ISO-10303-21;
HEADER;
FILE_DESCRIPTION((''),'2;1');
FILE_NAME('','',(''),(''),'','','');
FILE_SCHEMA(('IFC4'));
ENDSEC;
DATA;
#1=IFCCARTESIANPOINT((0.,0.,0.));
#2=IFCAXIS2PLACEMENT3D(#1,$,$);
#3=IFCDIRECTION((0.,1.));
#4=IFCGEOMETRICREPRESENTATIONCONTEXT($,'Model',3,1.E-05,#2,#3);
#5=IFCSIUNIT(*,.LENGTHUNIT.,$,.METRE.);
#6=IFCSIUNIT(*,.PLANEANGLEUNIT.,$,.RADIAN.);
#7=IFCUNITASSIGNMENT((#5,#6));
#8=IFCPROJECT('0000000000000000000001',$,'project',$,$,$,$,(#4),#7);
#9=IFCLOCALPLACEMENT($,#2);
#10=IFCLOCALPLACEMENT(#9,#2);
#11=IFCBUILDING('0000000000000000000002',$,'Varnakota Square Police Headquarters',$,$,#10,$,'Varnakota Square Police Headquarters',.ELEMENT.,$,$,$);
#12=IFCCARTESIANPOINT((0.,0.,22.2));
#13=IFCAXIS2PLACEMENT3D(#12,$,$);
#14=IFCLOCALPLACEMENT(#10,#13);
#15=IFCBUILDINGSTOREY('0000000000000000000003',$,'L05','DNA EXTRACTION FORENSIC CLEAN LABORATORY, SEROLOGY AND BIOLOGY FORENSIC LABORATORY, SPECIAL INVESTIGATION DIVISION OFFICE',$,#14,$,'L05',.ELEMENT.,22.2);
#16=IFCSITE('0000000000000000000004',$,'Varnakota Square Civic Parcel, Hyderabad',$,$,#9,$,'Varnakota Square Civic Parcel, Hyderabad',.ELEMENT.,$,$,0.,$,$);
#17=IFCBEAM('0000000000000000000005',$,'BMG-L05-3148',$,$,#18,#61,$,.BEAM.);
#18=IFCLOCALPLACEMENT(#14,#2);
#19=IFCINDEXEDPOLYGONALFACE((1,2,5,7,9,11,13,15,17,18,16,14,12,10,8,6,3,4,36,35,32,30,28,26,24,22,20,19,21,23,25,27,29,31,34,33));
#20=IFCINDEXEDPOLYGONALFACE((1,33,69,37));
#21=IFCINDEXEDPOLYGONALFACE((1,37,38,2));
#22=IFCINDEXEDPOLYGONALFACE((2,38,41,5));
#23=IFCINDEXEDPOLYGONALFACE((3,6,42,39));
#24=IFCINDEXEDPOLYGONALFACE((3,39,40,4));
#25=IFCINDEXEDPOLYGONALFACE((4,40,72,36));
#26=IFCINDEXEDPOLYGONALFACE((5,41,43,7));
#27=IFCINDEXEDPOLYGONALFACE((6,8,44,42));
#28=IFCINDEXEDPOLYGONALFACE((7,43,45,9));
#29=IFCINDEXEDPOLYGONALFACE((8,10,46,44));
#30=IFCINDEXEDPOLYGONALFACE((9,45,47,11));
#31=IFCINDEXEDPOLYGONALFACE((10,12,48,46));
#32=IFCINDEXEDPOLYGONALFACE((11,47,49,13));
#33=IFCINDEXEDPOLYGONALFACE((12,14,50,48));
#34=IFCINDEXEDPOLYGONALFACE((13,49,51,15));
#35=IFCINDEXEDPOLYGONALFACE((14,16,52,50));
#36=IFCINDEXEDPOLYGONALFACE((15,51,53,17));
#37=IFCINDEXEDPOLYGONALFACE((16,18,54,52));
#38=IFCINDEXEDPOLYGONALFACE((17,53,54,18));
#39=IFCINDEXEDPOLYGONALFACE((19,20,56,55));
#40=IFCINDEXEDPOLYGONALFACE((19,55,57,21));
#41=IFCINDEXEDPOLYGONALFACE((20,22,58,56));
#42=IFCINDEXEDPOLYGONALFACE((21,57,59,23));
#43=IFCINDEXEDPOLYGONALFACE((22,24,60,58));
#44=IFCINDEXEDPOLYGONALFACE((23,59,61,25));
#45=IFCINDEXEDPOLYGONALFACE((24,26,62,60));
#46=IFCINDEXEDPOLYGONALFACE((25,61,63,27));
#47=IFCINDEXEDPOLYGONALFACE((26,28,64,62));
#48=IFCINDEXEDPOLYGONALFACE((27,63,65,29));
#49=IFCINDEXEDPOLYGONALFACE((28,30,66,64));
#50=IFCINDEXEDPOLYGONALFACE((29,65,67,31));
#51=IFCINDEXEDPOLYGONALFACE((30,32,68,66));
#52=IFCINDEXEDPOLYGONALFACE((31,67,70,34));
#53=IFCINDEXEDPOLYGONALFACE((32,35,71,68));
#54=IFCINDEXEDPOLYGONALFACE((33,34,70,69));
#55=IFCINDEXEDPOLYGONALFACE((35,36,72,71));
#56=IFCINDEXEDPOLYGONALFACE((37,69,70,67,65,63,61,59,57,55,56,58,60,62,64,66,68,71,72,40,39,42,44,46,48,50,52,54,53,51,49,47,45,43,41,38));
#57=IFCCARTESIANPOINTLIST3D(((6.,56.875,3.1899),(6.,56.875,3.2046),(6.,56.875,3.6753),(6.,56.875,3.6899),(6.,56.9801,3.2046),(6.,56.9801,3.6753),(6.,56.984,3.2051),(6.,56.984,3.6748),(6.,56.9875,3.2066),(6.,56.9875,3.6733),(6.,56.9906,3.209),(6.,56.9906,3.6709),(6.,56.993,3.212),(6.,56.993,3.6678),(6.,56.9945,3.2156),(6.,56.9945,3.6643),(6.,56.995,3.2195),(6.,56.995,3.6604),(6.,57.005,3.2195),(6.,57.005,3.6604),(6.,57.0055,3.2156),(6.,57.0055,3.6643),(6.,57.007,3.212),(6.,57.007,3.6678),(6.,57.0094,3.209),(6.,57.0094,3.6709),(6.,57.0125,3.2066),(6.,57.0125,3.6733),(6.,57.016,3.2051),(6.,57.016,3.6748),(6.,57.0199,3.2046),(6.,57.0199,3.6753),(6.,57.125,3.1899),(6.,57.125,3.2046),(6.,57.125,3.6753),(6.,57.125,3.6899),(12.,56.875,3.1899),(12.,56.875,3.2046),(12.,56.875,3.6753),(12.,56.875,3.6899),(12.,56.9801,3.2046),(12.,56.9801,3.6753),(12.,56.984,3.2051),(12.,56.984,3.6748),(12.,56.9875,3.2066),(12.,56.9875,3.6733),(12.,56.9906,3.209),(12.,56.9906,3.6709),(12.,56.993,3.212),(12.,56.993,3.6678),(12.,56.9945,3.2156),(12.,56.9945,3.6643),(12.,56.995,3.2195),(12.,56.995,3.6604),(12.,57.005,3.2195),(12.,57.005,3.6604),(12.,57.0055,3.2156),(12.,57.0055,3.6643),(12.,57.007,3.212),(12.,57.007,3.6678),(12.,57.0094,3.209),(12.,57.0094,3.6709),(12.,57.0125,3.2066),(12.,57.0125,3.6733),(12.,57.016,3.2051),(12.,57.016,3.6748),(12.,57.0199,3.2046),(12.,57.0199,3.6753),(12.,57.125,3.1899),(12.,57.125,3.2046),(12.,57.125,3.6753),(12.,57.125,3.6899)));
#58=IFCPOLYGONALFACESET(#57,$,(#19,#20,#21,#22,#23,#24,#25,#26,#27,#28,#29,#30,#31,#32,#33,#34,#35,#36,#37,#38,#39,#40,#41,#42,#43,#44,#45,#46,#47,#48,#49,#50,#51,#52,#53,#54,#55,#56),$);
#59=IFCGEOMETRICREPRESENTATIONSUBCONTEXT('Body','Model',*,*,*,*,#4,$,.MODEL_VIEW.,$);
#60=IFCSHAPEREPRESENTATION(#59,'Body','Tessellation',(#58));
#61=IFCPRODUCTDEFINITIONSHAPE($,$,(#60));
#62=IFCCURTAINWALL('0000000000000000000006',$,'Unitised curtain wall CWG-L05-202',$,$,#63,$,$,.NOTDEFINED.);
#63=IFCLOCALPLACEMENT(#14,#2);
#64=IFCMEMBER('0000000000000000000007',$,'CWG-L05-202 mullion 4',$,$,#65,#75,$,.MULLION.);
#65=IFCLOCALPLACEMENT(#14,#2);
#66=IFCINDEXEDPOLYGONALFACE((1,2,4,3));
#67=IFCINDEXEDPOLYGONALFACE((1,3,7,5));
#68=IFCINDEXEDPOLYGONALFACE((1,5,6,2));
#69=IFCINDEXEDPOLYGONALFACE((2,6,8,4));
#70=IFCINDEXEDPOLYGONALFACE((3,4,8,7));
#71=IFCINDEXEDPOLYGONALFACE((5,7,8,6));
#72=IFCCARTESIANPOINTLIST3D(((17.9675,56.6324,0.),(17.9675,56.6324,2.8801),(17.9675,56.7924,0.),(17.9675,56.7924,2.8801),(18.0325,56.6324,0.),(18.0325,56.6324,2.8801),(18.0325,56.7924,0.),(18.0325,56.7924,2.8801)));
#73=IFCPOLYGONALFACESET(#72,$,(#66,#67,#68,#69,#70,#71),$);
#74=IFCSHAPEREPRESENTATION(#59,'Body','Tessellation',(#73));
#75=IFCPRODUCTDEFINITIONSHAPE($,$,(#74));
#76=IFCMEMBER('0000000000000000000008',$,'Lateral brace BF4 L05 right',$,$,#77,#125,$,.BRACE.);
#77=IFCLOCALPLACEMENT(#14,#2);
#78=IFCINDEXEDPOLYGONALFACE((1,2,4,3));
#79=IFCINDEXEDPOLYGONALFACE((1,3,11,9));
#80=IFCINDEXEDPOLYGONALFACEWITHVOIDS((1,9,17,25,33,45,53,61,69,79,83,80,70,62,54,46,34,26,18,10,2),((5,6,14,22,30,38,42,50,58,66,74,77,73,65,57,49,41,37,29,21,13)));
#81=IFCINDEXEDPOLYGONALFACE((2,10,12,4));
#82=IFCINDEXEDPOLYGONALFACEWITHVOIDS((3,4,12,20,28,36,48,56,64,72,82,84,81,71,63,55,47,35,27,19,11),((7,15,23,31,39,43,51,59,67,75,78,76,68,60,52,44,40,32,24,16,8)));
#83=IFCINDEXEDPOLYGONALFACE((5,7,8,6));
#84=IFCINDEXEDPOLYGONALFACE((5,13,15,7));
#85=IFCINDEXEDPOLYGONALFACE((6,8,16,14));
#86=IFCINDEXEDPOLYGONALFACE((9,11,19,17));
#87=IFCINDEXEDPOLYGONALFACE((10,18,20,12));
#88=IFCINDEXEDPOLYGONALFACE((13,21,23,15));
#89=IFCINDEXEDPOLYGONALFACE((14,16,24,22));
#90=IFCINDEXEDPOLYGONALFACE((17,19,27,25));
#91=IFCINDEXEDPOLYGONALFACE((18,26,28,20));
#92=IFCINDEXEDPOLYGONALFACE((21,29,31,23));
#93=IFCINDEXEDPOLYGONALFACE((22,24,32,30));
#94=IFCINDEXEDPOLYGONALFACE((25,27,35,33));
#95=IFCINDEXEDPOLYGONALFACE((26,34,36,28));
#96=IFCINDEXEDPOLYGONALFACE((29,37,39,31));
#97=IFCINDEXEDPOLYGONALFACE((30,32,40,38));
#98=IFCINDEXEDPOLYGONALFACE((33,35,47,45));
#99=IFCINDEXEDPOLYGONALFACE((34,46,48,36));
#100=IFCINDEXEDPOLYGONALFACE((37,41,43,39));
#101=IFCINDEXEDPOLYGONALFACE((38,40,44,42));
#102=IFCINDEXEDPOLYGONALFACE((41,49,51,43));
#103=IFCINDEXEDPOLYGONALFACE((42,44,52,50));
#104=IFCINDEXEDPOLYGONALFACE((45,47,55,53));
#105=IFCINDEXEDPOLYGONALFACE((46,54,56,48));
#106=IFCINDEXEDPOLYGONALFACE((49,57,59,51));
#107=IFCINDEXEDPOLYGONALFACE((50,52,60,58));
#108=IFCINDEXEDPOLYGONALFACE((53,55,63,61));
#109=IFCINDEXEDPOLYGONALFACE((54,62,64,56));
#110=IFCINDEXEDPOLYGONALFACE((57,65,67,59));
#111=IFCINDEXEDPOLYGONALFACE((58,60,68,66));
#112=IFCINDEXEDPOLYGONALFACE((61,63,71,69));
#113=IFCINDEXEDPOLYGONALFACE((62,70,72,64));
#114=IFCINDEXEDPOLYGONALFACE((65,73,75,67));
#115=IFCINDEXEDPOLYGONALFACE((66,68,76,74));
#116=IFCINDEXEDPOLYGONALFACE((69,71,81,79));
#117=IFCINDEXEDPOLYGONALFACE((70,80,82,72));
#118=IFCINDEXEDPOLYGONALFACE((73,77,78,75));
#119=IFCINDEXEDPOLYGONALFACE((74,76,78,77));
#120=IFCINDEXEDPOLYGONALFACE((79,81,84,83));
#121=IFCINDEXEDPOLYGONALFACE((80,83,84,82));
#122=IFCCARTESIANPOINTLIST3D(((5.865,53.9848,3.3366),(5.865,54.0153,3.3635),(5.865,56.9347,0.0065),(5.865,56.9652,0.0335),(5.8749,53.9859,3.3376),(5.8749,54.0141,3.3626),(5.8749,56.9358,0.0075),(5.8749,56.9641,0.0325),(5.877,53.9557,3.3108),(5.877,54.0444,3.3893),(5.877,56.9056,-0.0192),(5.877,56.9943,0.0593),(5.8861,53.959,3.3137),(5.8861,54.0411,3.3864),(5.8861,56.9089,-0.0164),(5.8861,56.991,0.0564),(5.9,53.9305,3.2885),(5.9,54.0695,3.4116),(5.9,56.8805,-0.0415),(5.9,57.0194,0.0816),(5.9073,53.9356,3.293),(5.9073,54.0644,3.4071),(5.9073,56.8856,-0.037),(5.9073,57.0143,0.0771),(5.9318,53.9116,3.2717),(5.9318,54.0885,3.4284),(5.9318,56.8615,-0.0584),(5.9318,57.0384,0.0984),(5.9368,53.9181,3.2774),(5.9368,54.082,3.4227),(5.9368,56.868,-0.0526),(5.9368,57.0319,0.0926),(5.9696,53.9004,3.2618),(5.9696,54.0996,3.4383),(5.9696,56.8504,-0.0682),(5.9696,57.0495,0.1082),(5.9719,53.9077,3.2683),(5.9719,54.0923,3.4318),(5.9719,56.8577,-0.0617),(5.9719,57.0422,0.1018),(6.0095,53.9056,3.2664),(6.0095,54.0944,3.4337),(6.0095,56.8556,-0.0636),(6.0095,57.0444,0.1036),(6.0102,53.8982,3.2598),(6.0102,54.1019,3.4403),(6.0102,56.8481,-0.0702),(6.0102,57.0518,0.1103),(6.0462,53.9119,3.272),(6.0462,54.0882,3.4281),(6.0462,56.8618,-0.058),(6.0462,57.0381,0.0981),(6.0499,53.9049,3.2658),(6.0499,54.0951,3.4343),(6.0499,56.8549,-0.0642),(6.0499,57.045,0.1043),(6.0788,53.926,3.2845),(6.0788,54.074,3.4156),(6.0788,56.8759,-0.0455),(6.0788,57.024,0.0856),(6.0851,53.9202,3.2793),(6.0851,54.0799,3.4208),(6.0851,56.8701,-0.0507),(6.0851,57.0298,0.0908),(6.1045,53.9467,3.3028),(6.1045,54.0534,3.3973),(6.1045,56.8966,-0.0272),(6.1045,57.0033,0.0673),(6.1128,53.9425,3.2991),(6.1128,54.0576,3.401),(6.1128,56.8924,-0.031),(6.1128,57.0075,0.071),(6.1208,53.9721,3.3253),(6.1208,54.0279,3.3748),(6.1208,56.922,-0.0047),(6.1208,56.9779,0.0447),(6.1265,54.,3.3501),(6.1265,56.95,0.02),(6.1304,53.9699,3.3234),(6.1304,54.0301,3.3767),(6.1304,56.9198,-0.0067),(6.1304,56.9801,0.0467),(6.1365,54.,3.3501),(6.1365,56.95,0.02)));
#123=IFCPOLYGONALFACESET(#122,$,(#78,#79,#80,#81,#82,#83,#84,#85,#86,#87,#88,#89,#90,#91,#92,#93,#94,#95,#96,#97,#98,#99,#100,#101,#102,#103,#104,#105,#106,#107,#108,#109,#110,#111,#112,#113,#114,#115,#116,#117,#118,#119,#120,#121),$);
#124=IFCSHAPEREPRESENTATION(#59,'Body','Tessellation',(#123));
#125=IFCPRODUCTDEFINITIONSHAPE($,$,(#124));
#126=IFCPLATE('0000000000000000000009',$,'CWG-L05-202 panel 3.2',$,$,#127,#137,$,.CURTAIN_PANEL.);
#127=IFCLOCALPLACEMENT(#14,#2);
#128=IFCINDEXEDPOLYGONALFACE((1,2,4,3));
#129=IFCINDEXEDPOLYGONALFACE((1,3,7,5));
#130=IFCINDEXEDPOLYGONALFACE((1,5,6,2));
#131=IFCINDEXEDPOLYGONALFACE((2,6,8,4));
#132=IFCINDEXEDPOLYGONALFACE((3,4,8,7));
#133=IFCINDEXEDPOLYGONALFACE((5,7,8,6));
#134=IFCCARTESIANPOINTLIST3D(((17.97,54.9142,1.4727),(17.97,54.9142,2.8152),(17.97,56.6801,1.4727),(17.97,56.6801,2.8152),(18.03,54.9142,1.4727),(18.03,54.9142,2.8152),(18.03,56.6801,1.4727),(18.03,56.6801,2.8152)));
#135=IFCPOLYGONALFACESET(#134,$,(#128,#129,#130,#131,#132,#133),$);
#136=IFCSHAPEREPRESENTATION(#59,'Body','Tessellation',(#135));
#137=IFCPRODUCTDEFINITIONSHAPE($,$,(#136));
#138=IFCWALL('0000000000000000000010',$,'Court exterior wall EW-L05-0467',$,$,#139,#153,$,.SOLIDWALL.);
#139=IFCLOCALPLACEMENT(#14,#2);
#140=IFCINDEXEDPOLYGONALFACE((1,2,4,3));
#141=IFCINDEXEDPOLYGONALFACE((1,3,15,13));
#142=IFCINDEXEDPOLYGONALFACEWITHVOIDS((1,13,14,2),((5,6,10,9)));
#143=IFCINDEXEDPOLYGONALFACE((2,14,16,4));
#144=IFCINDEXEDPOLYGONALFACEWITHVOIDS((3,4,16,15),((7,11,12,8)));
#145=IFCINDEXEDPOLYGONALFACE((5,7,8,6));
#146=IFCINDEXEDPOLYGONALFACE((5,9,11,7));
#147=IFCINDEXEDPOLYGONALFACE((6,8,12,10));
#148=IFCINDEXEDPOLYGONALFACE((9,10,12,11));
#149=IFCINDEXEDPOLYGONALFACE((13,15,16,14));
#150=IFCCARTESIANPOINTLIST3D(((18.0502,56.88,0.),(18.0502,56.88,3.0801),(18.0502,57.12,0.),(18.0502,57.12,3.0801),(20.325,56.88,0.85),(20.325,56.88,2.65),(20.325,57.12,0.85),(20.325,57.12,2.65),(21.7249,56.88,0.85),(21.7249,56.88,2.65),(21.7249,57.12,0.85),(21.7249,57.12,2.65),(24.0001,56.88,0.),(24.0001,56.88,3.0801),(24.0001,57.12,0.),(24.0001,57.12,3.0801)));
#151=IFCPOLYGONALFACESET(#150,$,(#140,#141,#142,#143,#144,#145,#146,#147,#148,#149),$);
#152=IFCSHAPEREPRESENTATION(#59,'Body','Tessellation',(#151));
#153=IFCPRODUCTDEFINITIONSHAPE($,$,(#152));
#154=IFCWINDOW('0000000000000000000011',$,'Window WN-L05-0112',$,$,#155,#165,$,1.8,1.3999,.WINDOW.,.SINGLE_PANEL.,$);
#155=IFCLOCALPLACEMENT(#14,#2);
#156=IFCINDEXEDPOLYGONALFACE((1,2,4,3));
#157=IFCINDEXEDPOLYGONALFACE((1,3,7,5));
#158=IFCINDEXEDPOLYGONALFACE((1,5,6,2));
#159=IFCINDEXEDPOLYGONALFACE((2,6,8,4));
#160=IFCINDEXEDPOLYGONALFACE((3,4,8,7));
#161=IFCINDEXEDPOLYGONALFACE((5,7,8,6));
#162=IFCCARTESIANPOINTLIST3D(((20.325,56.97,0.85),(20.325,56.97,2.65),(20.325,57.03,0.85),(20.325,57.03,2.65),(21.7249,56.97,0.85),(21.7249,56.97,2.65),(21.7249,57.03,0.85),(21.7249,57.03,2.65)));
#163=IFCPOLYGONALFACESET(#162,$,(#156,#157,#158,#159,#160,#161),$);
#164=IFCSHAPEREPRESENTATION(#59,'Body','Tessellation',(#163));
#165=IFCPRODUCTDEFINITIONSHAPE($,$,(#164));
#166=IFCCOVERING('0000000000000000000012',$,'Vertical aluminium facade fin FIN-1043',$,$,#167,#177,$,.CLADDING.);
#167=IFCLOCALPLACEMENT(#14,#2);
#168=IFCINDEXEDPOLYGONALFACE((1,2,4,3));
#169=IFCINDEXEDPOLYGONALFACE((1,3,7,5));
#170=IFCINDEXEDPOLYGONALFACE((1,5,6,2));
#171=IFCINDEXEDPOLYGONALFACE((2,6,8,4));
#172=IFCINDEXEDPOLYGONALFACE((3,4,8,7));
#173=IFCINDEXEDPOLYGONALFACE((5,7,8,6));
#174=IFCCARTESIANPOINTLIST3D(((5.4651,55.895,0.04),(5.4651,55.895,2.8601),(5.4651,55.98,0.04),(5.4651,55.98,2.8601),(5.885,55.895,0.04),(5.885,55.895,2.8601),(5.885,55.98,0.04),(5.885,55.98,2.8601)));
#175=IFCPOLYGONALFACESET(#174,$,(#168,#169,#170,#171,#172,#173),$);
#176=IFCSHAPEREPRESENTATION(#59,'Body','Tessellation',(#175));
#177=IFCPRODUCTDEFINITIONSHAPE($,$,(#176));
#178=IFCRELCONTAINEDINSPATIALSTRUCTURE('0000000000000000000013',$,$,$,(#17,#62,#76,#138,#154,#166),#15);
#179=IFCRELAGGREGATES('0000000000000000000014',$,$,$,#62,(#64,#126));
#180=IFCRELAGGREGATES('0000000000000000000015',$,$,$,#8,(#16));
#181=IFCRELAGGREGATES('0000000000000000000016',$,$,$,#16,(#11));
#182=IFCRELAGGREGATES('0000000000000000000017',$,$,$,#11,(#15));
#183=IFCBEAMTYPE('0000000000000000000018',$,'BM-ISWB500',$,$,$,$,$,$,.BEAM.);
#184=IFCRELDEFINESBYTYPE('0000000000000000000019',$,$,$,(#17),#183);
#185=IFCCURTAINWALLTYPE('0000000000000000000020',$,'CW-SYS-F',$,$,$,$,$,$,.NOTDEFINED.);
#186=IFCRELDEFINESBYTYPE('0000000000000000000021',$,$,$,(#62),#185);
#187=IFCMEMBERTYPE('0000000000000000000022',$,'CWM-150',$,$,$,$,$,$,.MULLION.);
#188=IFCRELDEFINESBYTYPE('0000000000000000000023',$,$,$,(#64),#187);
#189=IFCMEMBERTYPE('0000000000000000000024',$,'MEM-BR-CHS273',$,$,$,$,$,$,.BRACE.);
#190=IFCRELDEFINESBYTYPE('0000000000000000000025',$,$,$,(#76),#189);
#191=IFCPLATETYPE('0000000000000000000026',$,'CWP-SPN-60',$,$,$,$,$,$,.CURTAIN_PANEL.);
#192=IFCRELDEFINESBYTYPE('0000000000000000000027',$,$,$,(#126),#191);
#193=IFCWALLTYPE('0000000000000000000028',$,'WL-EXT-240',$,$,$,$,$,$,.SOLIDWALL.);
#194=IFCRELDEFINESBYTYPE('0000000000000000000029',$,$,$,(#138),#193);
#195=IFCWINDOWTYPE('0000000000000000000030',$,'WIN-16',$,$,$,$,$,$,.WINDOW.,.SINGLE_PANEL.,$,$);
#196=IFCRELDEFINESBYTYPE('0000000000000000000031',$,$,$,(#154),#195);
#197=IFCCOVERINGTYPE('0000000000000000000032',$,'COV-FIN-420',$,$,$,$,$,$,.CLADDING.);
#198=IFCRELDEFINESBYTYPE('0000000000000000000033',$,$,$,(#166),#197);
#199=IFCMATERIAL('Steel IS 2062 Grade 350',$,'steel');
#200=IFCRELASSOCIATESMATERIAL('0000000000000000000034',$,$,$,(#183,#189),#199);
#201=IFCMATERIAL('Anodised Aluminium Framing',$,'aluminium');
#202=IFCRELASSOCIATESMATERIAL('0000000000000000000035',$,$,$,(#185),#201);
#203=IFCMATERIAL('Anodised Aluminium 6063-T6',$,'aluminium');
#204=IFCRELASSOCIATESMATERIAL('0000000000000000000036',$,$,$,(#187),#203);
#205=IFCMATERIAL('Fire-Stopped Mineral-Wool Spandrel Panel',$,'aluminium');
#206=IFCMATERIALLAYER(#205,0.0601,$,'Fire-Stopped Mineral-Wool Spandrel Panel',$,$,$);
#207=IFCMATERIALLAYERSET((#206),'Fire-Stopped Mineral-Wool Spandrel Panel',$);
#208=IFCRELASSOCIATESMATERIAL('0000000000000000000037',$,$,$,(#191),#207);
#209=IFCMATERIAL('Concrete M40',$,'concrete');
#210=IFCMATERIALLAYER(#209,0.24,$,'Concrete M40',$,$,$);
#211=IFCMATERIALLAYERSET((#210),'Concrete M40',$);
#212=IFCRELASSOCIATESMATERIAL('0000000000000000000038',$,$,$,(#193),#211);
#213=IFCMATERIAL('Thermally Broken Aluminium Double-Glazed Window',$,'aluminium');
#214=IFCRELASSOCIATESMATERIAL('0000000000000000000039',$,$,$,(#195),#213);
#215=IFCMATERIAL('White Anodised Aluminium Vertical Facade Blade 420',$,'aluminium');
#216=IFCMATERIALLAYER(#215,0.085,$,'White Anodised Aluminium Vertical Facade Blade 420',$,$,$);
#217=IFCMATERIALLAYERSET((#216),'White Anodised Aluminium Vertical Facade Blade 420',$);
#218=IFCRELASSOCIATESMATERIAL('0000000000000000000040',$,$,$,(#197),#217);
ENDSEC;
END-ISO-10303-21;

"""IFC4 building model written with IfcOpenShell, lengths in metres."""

from ifc_helpers import new_model, si_unit, direction, frame, frame_2d, origin, origin_2d, place, context, subcontext, project, spatial, rectangle, hollow_circle, i_section, extrude, material, layer, layer_set, material_profile, profile_set, type_object, element, fill, aggregate, save


model = new_model("IFC4")

# Units and contexts
model_context = context("Model", 3, precision=1e-05, world=origin(), true_north=direction((0.0, 1.0)))
body_context = subcontext(model_context, "Body", "Model", "MODEL_VIEW")
ifc_project = project(units=[si_unit("LENGTHUNIT", "METRE"), si_unit("PLANEANGLEUNIT", "RADIAN")], contexts=[model_context])

# Site, building, storey
site_placement = place(None, origin())
site = spatial("IfcSite", under=ifc_project, at=site_placement, Name="Varnakota Square Civic Parcel, Hyderabad", LongName="Varnakota Square Civic Parcel, Hyderabad", CompositionType="ELEMENT", RefElevation=0.0)
building_placement = place(site_placement, origin())
building = spatial("IfcBuilding", under=site, at=building_placement, Name="Varnakota Square Police Headquarters", LongName="Varnakota Square Police Headquarters", CompositionType="ELEMENT")
storey_placement = place(building_placement, frame((0.0, 0.0, 22.2)))
storey = spatial("IfcBuildingStorey", under=building, at=storey_placement, Name="L05", Description="DNA EXTRACTION FORENSIC CLEAN LABORATORY, SEROLOGY AND BIOLOGY FORENSIC LABORATORY, SPECIAL INVESTIGATION DIVISION OFFICE", LongName="L05", CompositionType="ELEMENT", Elevation=22.2)

# Shared definitions
ifc_material_1 = material(Name="Steel IS 2062 Grade 350", Category="steel")

# Beam
ifc_material_profile_1 = material_profile(ifc_material_1, i_section(OverallWidth=0.25, OverallDepth=0.5, WebThickness=0.01, FlangeThickness=0.0146, FilletRadius=0.0149, at=origin_2d()), Name="ISWB 500")
ifc_profile_set_1 = profile_set([ifc_material_profile_1], Name="Steel IS 2062 Grade 350")
beam_type_1 = type_object("IfcBeamType", Name="BM-ISWB500", PredefinedType="BEAM", material=ifc_profile_set_1)
beam_1_placement = place(storey_placement, frame((6.0, 57.0, 3.4399), z_axis=(1.0, 0.0, 0.0), x_axis=(0.0, 1.0, 0.0)))
element("IfcBeam", 1, at=beam_1_placement, inside=storey, type_object=beam_type_1, Name="BMG-L05-3148", PredefinedType="BEAM", context=body_context, shape_type="SweptSolid", body=[
    extrude(i_section(OverallWidth=0.25, OverallDepth=0.5, WebThickness=0.01, FlangeThickness=0.0146, FilletRadius=0.0149, at=origin_2d()), origin(), (0.0, 0.0, 1.0), 6.0),
])

# Curtain wall, member
ifc_material_2 = material(Name="Anodised Aluminium Framing", Category="aluminium")
curtain_wall_type = type_object("IfcCurtainWallType", Name="CW-SYS-F", PredefinedType="NOTDEFINED", material=ifc_material_2)
curtain_wall_placement = place(storey_placement, origin())
curtain_wall = element("IfcCurtainWall", 2, at=curtain_wall_placement, inside=storey, type_object=curtain_wall_type, Name="Unitised curtain wall CWG-L05-202", PredefinedType="NOTDEFINED")
ifc_material_3 = material(Name="Anodised Aluminium 6063-T6", Category="aluminium")
ifc_material_profile_2 = material_profile(ifc_material_3, rectangle(XDim=0.0649, YDim=0.1599, at=origin_2d()), Name="ALU MULLION 65x160")
ifc_profile_set_2 = profile_set([ifc_material_profile_2], Name="Anodised Aluminium 6063-T6")
member_type_1 = type_object("IfcMemberType", Name="CWM-150", PredefinedType="MULLION", material=ifc_profile_set_2)
member_1_placement = place(storey_placement, frame((18.0, 56.7124, 0.0), z_axis=(0.0, 0.0, 1.0), x_axis=(-1.0, 0.0, 0.0)))
member_1 = element("IfcMember", 3, at=member_1_placement, type_object=member_type_1, Name="CWG-L05-202 mullion 4", PredefinedType="MULLION", context=body_context, shape_type="SweptSolid", body=[
    extrude(rectangle(XDim=0.0649, YDim=0.1599, at=origin_2d()), origin(), (0.0, 0.0, 1.0), 2.8801),
])

# Member
ifc_material_profile_3 = material_profile(ifc_material_1, hollow_circle(Radius=0.1365, WallThickness=0.01, at=origin_2d()), Name="CHS 273.0x10.0")
ifc_profile_set_3 = profile_set([ifc_material_profile_3], Name="Steel IS 2062 Grade 350")
member_type_2 = type_object("IfcMemberType", Name="MEM-BR-CHS273", PredefinedType="BRACE", material=ifc_profile_set_3)
member_2_placement = place(storey_placement, frame((6.0, 56.95, 0.02), z_axis=(0.0, -0.663092, 0.748538), x_axis=(1.0, 0.0, 0.0)))
element("IfcMember", 4, at=member_2_placement, inside=storey, type_object=member_type_2, Name="Lateral brace BF4 L05 right", PredefinedType="BRACE", context=body_context, shape_type="SweptSolid", body=[
    extrude(hollow_circle(Radius=0.1365, WallThickness=0.01, at=origin_2d()), origin(), (0.0, 0.0, 1.0), 4.4487),
])

# Plate
ifc_material_4 = material(Name="Fire-Stopped Mineral-Wool Spandrel Panel", Category="aluminium")
ifc_layer_1 = layer(ifc_material_4, 0.0601, Name="Fire-Stopped Mineral-Wool Spandrel Panel")
ifc_layer_set_1 = layer_set([ifc_layer_1], Name="Fire-Stopped Mineral-Wool Spandrel Panel")
plate_type = type_object("IfcPlateType", Name="CWP-SPN-60", PredefinedType="CURTAIN_PANEL", material=ifc_layer_set_1)
plate_placement = place(storey_placement, frame((18.0, 55.7971, 1.4727), z_axis=(0.0, 0.0, 1.0), x_axis=(0.0, 1.0, 0.0)))
plate = element("IfcPlate", 5, at=plate_placement, type_object=plate_type, Name="CWG-L05-202 panel 3.2", PredefinedType="CURTAIN_PANEL", context=body_context, shape_type="SweptSolid", body=[
    extrude(rectangle(XDim=1.7659, YDim=0.0601, at=origin_2d()), origin(), (0.0, 0.0, 1.0), 1.3425),
])
aggregate(curtain_wall, [member_1, plate])

# Wall, opening, window
ifc_material_5 = material(Name="Concrete M40", Category="concrete")
ifc_layer_2 = layer(ifc_material_5, 0.24, Name="Concrete M40")
ifc_layer_set_2 = layer_set([ifc_layer_2], Name="Concrete M40")
wall_type = type_object("IfcWallType", Name="WL-EXT-240", PredefinedType="SOLIDWALL", material=ifc_layer_set_2)
wall_placement = place(storey_placement, frame((18.05, 57.0, 0.0), z_axis=(0.0, 0.0, 1.0), x_axis=(1.0, 0.0, 0.0)))
wall = element("IfcWall", 6, at=wall_placement, inside=storey, type_object=wall_type, Name="Court exterior wall EW-L05-0467", PredefinedType="SOLIDWALL", context=body_context, shape_type="SweptSolid", body=[
    extrude(rectangle(XDim=5.95, YDim=0.24, at=frame_2d((2.9751, 0.0))), origin(), (0.0, 0.0, 1.0), 3.0801),
])
opening_placement = place(wall_placement, frame((2.2749, 0.0, 0.8501)))
opening = element("IfcOpeningElement", 7, at=opening_placement, cuts=wall, PredefinedType="OPENING", context=body_context, shape_type="SweptSolid", body=[
    extrude(rectangle(XDim=1.3999, YDim=1.8, at=frame_2d((0.7, 0.8999))), frame((0.0, 0.1299, 0.0), z_axis=(0.0, -1.0, 0.0), x_axis=(1.0, 0.0, 0.0)), (0.0, 0.0, 1.0), 0.26),
])
ifc_material_6 = material(Name="Thermally Broken Aluminium Double-Glazed Window", Category="aluminium")
window_type = type_object("IfcWindowType", Name="WIN-16", PartitioningType="SINGLE_PANEL", PredefinedType="WINDOW", material=ifc_material_6)
window_placement = place(opening_placement, origin())
window = element("IfcWindow", 8, at=window_placement, inside=storey, type_object=window_type, Name="Window WN-L05-0112", OverallHeight=1.8, OverallWidth=1.3999, PartitioningType="SINGLE_PANEL", PredefinedType="WINDOW", context=body_context, shape_type="SweptSolid", body=[
    extrude(rectangle(XDim=1.3999, YDim=1.8, at=frame_2d((0.7, 0.8999))), frame((0.0, 0.03, 0.0), z_axis=(0.0, -1.0, 0.0), x_axis=(1.0, 0.0, 0.0)), (0.0, 0.0, 1.0), 0.0601),
])
fill(opening, window)

# Covering
ifc_material_7 = material(Name="White Anodised Aluminium Vertical Facade Blade 420", Category="aluminium")
ifc_layer_3 = layer(ifc_material_7, 0.085, Name="White Anodised Aluminium Vertical Facade Blade 420")
ifc_layer_set_3 = layer_set([ifc_layer_3], Name="White Anodised Aluminium Vertical Facade Blade 420")
covering_type = type_object("IfcCoveringType", Name="COV-FIN-420", PredefinedType="CLADDING", material=ifc_layer_set_3)
covering_placement = place(storey_placement, frame((5.675, 55.9375, 0.04), z_axis=(0.0, 0.0, 1.0), x_axis=(0.0, 1.0, 0.0)))
element("IfcCovering", 9, at=covering_placement, inside=storey, type_object=covering_type, Name="Vertical aluminium facade fin FIN-1043", PredefinedType="CLADDING", context=body_context, shape_type="SweptSolid", body=[
    extrude(rectangle(XDim=0.085, YDim=0.4199, at=origin_2d()), origin(), (0.0, 0.0, 1.0), 2.8201),
])

save(model, "model.ifc")
